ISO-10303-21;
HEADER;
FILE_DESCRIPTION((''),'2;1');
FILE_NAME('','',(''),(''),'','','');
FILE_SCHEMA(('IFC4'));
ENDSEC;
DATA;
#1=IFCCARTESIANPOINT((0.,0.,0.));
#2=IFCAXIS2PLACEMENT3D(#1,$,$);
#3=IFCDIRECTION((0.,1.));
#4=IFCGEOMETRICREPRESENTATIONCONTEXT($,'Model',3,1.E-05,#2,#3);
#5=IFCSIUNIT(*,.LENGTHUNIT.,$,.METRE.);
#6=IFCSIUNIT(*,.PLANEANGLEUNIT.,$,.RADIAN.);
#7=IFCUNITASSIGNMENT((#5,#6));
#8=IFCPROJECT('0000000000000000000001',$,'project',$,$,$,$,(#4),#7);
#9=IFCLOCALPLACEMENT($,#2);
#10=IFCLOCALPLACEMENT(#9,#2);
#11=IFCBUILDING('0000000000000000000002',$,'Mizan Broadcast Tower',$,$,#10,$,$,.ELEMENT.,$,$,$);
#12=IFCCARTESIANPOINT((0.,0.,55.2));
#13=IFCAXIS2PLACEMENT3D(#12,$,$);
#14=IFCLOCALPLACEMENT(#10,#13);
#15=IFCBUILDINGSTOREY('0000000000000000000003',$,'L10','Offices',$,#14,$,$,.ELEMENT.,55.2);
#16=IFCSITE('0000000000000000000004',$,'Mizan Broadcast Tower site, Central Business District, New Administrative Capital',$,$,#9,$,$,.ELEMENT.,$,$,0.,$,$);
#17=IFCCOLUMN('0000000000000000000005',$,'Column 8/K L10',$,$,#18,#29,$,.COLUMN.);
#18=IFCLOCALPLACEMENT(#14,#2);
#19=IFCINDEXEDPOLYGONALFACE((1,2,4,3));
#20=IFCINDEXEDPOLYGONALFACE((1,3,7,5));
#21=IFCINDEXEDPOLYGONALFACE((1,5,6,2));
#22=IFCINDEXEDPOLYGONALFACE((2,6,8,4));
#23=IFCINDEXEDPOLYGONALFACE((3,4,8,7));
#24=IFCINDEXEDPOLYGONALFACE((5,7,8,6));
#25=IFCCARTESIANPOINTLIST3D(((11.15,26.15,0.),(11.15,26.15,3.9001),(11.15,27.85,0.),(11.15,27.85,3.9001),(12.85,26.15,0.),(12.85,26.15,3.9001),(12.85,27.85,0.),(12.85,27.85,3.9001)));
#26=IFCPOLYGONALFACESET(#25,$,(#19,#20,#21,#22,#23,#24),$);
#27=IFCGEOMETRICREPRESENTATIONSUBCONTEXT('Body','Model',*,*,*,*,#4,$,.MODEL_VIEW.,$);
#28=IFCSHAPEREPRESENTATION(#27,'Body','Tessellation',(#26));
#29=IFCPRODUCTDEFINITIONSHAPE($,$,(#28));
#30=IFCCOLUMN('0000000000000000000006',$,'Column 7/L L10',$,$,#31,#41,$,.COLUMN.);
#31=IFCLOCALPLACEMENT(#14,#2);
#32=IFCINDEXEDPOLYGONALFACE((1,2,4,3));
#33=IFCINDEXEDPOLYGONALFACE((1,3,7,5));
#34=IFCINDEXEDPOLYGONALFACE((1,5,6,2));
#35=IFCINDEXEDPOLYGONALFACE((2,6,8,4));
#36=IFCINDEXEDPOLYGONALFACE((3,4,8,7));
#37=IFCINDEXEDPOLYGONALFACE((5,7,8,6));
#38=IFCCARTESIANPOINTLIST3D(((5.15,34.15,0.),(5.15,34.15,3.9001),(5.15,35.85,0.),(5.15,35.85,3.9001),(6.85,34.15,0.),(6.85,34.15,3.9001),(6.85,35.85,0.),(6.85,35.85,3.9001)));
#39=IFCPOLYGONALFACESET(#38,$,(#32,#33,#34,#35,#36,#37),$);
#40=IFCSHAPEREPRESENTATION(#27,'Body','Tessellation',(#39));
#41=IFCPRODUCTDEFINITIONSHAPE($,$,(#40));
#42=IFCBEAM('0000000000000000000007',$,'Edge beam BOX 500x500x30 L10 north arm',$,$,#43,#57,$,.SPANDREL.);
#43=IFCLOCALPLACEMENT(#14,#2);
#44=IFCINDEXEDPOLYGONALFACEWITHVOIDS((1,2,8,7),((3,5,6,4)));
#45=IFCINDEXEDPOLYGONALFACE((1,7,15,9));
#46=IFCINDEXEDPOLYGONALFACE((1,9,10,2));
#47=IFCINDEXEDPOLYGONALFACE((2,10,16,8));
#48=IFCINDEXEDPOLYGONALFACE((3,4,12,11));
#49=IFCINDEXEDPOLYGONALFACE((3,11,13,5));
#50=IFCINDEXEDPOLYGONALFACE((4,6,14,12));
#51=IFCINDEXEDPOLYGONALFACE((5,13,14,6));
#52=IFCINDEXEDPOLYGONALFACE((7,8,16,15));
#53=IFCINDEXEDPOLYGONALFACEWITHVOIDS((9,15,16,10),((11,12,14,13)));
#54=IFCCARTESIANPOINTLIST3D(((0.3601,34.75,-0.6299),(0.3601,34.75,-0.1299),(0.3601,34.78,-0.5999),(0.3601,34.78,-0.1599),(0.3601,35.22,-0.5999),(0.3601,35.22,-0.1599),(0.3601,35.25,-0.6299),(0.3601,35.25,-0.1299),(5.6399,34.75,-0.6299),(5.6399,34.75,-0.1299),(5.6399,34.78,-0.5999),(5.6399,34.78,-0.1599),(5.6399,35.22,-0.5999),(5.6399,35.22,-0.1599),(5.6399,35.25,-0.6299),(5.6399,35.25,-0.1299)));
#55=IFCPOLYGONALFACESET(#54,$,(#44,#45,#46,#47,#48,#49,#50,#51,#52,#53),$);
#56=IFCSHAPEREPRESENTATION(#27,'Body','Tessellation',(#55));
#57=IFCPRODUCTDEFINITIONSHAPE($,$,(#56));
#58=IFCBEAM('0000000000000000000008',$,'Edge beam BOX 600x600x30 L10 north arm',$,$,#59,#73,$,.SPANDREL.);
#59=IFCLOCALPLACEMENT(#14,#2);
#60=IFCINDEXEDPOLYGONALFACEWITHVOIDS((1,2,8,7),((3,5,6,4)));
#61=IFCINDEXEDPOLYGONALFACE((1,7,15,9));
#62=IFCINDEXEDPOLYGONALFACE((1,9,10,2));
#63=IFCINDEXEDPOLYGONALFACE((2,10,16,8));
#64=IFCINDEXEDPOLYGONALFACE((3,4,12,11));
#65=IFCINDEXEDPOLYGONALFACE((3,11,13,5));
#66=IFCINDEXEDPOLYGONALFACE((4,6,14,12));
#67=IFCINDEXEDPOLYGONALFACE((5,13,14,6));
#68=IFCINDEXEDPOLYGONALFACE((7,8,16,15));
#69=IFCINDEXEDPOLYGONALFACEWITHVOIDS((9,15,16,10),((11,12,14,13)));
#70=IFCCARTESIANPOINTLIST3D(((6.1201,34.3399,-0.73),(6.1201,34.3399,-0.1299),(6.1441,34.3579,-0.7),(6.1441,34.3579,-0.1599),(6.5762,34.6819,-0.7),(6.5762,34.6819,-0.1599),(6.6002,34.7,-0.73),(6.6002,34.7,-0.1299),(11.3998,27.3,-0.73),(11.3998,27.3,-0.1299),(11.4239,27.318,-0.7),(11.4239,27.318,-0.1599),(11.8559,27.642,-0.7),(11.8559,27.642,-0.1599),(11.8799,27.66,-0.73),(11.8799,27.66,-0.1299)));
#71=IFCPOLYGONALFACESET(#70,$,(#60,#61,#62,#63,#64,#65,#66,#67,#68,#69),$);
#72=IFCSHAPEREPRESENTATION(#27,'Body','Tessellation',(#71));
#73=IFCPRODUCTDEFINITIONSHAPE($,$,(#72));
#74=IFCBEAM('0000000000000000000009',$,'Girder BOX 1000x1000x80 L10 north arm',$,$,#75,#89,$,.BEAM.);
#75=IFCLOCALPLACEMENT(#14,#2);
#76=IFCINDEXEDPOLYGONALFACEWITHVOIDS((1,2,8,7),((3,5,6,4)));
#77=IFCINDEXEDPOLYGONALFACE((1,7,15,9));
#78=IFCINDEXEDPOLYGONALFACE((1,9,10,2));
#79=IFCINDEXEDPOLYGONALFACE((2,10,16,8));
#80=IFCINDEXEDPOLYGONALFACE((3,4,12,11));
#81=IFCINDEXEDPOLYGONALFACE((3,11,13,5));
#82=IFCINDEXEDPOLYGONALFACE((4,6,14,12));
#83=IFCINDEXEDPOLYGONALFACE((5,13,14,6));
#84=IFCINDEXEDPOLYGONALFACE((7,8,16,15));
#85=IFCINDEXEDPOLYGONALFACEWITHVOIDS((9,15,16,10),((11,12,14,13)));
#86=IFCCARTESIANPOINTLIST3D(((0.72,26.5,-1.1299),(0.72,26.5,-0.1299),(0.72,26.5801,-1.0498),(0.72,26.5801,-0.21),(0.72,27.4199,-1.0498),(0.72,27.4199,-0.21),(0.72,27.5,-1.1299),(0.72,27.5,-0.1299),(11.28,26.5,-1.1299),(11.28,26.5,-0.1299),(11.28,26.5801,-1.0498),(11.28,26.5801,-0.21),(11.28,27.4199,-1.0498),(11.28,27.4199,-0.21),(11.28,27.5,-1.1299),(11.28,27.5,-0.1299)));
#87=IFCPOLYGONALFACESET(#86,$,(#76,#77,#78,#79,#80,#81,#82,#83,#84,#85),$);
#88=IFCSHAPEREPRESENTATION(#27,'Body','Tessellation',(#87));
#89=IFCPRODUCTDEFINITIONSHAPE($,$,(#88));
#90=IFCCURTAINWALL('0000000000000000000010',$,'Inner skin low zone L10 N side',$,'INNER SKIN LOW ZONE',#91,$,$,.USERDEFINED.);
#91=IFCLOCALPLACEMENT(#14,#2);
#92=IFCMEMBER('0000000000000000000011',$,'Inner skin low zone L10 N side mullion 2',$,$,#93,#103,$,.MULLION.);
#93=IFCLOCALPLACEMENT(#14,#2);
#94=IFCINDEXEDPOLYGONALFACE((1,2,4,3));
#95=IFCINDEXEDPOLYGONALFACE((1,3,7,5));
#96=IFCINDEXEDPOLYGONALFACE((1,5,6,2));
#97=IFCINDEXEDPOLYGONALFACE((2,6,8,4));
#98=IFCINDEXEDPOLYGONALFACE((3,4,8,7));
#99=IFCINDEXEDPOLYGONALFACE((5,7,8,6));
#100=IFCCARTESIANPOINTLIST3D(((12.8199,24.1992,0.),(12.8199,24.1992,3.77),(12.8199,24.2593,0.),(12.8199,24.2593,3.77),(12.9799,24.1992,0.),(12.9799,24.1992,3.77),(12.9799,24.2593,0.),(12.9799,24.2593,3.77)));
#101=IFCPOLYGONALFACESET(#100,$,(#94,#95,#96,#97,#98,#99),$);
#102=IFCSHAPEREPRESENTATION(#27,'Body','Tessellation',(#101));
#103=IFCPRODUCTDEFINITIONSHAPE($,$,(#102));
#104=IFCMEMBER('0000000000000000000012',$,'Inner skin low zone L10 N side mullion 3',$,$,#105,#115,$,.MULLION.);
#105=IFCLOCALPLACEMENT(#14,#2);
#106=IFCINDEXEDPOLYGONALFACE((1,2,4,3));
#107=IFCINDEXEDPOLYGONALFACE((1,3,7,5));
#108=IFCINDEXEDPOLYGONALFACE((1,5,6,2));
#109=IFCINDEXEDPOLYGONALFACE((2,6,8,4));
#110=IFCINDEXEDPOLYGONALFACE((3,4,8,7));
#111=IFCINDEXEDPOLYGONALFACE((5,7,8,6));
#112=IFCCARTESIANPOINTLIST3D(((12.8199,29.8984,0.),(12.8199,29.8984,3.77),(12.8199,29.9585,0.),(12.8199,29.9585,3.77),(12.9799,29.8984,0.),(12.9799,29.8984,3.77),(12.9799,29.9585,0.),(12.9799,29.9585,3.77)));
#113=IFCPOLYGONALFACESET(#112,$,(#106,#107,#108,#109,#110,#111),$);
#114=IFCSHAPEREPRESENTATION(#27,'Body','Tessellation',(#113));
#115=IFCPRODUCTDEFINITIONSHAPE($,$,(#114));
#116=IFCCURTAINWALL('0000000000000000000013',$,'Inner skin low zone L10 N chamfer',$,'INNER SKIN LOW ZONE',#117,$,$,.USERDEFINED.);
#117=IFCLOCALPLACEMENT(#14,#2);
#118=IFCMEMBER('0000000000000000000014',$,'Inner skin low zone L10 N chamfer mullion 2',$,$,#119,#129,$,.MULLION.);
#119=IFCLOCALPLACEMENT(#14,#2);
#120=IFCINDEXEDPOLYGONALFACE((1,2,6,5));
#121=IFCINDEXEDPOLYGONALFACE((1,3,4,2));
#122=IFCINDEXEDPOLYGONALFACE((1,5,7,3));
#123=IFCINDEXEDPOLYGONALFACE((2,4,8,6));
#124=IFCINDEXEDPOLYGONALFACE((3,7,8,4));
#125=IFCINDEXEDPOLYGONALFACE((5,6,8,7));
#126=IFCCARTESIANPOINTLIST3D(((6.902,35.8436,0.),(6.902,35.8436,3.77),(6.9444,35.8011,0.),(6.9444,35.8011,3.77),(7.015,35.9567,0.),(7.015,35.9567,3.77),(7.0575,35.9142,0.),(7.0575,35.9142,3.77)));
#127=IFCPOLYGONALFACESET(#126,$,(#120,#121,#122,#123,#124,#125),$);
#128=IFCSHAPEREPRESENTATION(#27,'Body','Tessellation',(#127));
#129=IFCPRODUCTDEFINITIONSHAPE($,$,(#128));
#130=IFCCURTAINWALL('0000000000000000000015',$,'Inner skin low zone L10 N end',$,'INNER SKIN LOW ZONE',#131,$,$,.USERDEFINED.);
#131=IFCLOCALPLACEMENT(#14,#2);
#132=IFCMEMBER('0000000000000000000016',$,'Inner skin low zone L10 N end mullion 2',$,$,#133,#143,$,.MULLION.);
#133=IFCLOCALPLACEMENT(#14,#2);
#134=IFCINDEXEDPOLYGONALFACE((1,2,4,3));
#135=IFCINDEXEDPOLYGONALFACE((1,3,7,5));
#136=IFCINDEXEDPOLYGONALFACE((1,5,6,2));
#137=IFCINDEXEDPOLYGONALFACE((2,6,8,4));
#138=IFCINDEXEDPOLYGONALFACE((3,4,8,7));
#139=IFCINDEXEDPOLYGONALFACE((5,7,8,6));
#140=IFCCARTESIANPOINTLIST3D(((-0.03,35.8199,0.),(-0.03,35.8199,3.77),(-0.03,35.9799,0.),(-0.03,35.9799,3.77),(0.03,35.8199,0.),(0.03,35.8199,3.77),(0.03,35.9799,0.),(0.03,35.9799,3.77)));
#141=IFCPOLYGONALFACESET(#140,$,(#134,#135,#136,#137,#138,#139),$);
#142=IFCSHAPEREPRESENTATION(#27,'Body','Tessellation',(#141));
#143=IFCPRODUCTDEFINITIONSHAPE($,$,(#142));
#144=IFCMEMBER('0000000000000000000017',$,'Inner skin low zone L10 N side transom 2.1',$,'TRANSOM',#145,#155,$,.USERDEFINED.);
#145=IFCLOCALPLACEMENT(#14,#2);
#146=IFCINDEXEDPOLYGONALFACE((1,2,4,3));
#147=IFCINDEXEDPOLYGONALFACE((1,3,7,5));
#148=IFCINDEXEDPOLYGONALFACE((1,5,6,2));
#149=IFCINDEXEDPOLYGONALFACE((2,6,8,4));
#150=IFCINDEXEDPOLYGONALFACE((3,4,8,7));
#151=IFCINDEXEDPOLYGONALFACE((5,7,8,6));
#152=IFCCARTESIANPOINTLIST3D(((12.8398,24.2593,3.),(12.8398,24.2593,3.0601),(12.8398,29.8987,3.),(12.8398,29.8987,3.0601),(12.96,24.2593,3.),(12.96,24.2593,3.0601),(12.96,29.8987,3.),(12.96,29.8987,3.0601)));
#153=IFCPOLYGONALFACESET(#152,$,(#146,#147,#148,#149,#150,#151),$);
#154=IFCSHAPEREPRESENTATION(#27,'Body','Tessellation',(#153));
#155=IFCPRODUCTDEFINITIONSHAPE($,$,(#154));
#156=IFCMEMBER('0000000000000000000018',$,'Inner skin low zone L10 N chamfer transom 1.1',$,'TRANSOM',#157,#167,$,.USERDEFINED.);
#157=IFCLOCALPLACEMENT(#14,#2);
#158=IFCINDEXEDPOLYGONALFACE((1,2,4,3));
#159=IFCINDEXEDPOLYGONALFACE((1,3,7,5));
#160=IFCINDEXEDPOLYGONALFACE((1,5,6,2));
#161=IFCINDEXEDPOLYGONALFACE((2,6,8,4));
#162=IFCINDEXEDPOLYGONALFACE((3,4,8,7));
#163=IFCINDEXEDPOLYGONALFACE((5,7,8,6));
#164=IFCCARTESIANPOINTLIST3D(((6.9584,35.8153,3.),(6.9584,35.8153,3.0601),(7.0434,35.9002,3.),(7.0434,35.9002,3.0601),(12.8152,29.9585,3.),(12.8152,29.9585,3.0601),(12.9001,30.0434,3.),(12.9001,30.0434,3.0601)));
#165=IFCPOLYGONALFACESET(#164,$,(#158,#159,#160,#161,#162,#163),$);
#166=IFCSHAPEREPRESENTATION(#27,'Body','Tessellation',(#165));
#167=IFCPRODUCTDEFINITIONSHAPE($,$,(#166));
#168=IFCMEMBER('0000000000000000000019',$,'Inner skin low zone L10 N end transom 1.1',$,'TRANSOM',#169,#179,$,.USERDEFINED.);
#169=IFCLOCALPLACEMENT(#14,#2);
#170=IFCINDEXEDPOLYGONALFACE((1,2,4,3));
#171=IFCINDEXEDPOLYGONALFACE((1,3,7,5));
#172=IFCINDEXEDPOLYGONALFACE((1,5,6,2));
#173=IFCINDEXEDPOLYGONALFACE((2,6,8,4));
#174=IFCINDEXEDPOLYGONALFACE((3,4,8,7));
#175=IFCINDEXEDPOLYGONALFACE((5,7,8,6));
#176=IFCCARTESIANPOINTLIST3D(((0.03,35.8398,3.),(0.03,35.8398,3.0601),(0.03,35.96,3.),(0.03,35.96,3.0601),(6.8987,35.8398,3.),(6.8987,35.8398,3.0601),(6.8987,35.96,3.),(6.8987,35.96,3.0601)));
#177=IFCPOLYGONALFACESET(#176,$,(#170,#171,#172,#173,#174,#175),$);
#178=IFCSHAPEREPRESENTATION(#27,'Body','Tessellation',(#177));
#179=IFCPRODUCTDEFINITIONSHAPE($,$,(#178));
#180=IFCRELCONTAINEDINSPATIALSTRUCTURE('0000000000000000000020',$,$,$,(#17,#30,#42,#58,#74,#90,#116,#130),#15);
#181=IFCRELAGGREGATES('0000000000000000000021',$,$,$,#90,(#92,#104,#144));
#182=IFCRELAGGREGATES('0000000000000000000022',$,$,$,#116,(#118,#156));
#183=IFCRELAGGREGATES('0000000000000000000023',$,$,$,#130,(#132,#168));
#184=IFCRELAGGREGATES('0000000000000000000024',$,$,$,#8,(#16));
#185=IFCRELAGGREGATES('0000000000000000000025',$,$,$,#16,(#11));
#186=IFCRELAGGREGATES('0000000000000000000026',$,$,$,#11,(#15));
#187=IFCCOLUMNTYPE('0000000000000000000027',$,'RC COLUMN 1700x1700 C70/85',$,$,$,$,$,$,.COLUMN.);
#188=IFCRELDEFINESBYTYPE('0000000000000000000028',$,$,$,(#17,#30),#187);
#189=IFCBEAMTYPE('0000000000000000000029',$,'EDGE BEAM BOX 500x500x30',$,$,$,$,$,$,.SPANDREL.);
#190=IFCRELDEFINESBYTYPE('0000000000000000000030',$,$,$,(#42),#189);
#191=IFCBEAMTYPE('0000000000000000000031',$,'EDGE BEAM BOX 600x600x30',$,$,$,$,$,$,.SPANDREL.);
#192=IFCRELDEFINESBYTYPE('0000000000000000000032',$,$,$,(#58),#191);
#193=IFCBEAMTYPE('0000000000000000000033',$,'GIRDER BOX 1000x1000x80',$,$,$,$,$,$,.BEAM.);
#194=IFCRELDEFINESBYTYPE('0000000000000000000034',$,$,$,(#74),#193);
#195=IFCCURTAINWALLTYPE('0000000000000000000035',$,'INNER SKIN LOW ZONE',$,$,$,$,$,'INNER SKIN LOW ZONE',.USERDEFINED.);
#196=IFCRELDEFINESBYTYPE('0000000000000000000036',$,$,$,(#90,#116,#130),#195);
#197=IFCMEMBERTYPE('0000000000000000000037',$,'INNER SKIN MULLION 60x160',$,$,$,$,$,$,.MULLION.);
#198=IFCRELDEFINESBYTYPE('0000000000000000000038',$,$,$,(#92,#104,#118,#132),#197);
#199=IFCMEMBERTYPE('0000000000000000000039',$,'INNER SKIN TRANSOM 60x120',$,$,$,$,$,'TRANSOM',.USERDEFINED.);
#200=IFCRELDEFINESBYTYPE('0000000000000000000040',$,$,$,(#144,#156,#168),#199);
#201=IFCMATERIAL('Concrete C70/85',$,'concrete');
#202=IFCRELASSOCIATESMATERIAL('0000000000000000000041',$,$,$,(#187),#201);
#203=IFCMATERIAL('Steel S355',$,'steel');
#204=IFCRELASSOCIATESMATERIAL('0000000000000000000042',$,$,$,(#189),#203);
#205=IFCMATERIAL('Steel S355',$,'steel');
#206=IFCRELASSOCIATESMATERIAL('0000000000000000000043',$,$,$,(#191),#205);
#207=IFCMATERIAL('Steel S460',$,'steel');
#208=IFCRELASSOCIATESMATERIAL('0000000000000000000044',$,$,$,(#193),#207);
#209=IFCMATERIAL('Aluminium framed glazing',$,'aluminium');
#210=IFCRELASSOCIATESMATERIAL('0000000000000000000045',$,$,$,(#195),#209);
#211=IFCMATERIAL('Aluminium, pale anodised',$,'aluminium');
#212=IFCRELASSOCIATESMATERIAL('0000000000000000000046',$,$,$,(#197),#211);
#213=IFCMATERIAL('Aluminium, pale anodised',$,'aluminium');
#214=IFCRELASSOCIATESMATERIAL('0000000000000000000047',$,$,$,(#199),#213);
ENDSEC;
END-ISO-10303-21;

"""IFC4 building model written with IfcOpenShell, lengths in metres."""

from ifc_helpers import new_model, si_unit, direction, frame, origin, origin_2d, place, context, subcontext, project, spatial, rectangle, hollow_rectangle, extrude, material, material_profile, profile_set, type_object, element, aggregate, save


model = new_model("IFC4")

# Units and contexts
model_context = context("Model", 3, precision=1e-05, world=origin(), true_north=direction((0.0, 1.0)))
body_context = subcontext(model_context, "Body", "Model", "MODEL_VIEW")
ifc_project = project(units=[si_unit("LENGTHUNIT", "METRE"), si_unit("PLANEANGLEUNIT", "RADIAN")], contexts=[model_context])

# Site, building, storey
site_placement = place(None, origin())
site = spatial("IfcSite", under=ifc_project, at=site_placement, Name="Mizan Broadcast Tower site, Central Business District, New Administrative Capital", CompositionType="ELEMENT", RefElevation=0.0)
building_placement = place(site_placement, origin())
building = spatial("IfcBuilding", under=site, at=building_placement, Name="Mizan Broadcast Tower", CompositionType="ELEMENT")
storey_placement = place(building_placement, frame((0.0, 0.0, 55.2)))
storey = spatial("IfcBuildingStorey", under=building, at=storey_placement, Name="L10", Description="Offices", CompositionType="ELEMENT", Elevation=55.2)

# Columns
ifc_material_1 = material(Name="Concrete C70/85", Category="concrete")
ifc_material_profile_1 = material_profile(ifc_material_1, rectangle(XDim=1.7, YDim=1.7, at=origin_2d()), Name="RC 1700x1700")
ifc_profile_set_1 = profile_set([ifc_material_profile_1], Name="Concrete C70/85")
column_type = type_object("IfcColumnType", Name="RC COLUMN 1700x1700 C70/85", PredefinedType="COLUMN", material=ifc_profile_set_1)
for number, where, z_axis, x_axis, name in (
    (1, (12.0, 27.0, 0.0), (0.0, 0.0, 1.0), (1.0, 0.0, 0.0), "Column 8/K L10"),
    (2, (6.0, 35.0, 0.0), (0.0, 0.0, 1.0), (1.0, 0.0, 0.0), "Column 7/L L10"),
):
    element("IfcColumn", number, at=place(storey_placement, frame(where, z_axis=z_axis, x_axis=x_axis)), inside=storey, type_object=column_type, Name=name, PredefinedType="COLUMN", context=body_context, shape_type="SweptSolid", body=[
        extrude(rectangle(XDim=1.7, YDim=1.7, at=origin_2d()), origin(), (0.0, 0.0, 1.0), 3.9001),
    ])

# Beams
ifc_material_2 = material(Name="Steel S355", Category="steel")
ifc_material_profile_2 = material_profile(ifc_material_2, hollow_rectangle(XDim=0.5, YDim=0.5, WallThickness=0.03, at=origin_2d()), Name="BOX 500x500x30")
ifc_profile_set_2 = profile_set([ifc_material_profile_2], Name="Steel S355")
beam_type_1 = type_object("IfcBeamType", Name="EDGE BEAM BOX 500x500x30", PredefinedType="SPANDREL", material=ifc_profile_set_2)
beam_1_placement = place(storey_placement, frame((5.6399, 35.0, -0.3799), z_axis=(-1.0, 0.0, 0.0), x_axis=(0.0, -1.0, 0.0)))
element("IfcBeam", 3, at=beam_1_placement, inside=storey, type_object=beam_type_1, Name="Edge beam BOX 500x500x30 L10 north arm", PredefinedType="SPANDREL", context=body_context, shape_type="SweptSolid", body=[
    extrude(hollow_rectangle(XDim=0.5, YDim=0.5, WallThickness=0.03, at=origin_2d()), origin(), (0.0, 0.0, 1.0), 5.2798),
])
ifc_material_3 = material(Name="Steel S355", Category="steel")
ifc_material_profile_3 = material_profile(ifc_material_3, hollow_rectangle(XDim=0.6001, YDim=0.6001, WallThickness=0.03, at=origin_2d()), Name="BOX 600x600x30")
ifc_profile_set_3 = profile_set([ifc_material_profile_3], Name="Steel S355")
beam_type_2 = type_object("IfcBeamType", Name="EDGE BEAM BOX 600x600x30", PredefinedType="SPANDREL", material=ifc_profile_set_3)
beam_2_placement = place(storey_placement, frame((11.6399, 27.48, -0.4299), z_axis=(-0.599982, 0.800013, 0.0), x_axis=(-0.800013, -0.599982, 0.0)))
element("IfcBeam", 4, at=beam_2_placement, inside=storey, type_object=beam_type_2, Name="Edge beam BOX 600x600x30 L10 north arm", PredefinedType="SPANDREL", context=body_context, shape_type="SweptSolid", body=[
    extrude(hollow_rectangle(XDim=0.6001, YDim=0.6001, WallThickness=0.03, at=origin_2d()), origin(), (0.0, 0.0, 1.0), 8.7998),
])
ifc_material_4 = material(Name="Steel S460", Category="steel")
ifc_material_profile_4 = material_profile(ifc_material_4, hollow_rectangle(XDim=1.0, YDim=1.0, WallThickness=0.0801, at=origin_2d()), Name="BOX 1000x1000x80")
ifc_profile_set_4 = profile_set([ifc_material_profile_4], Name="Steel S460")
beam_type_3 = type_object("IfcBeamType", Name="GIRDER BOX 1000x1000x80", PredefinedType="BEAM", material=ifc_profile_set_4)
beam_3_placement = place(storey_placement, frame((11.28, 27.0, -0.6299), z_axis=(-1.0, 0.0, 0.0), x_axis=(0.0, -1.0, 0.0)))
element("IfcBeam", 5, at=beam_3_placement, inside=storey, type_object=beam_type_3, Name="Girder BOX 1000x1000x80 L10 north arm", PredefinedType="BEAM", context=body_context, shape_type="SweptSolid", body=[
    extrude(hollow_rectangle(XDim=1.0, YDim=1.0, WallThickness=0.0801, at=origin_2d()), origin(), (0.0, 0.0, 1.0), 10.5601),
])

# Curtain wall, members
ifc_material_5 = material(Name="Aluminium framed glazing", Category="aluminium")
curtain_wall_type_1 = type_object("IfcCurtainWallType", Name="INNER SKIN LOW ZONE", ElementType="INNER SKIN LOW ZONE", PredefinedType="USERDEFINED", material=ifc_material_5)
curtain_wall_1_placement = place(storey_placement, origin())
curtain_wall_1 = element("IfcCurtainWall", 6, at=curtain_wall_1_placement, inside=storey, type_object=curtain_wall_type_1, Name="Inner skin low zone L10 N side", ObjectType="INNER SKIN LOW ZONE", PredefinedType="USERDEFINED")
ifc_material_6 = material(Name="Aluminium, pale anodised", Category="aluminium")
ifc_material_profile_5 = material_profile(ifc_material_6, rectangle(XDim=0.1599, YDim=0.0601, at=origin_2d()), Name="MULLION 160x60")
ifc_profile_set_5 = profile_set([ifc_material_profile_5], Name="Aluminium, pale anodised")
member_type_1 = type_object("IfcMemberType", Name="INNER SKIN MULLION 60x160", PredefinedType="MULLION", material=ifc_profile_set_5)
member_1_placement = place(storey_placement, frame((12.8999, 24.2292, 0.0), z_axis=(0.0, 0.0, 1.0), x_axis=(-1.0, 0.0, 0.0)))
member_1 = element("IfcMember", 7, at=member_1_placement, type_object=member_type_1, Name="Inner skin low zone L10 N side mullion 2", PredefinedType="MULLION", context=body_context, shape_type="SweptSolid", body=[
    extrude(rectangle(XDim=0.1599, YDim=0.0601, at=origin_2d()), origin(), (0.0, 0.0, 1.0), 3.77),
])
member_2_placement = place(storey_placement, frame((12.8999, 29.9285, 0.0), z_axis=(0.0, 0.0, 1.0), x_axis=(-1.0, 0.0, 0.0)))
member_2 = element("IfcMember", 8, at=member_2_placement, type_object=member_type_1, Name="Inner skin low zone L10 N side mullion 3", PredefinedType="MULLION", context=body_context, shape_type="SweptSolid", body=[
    extrude(rectangle(XDim=0.1599, YDim=0.0601, at=origin_2d()), origin(), (0.0, 0.0, 1.0), 3.77),
])

# Curtain walls, members
curtain_wall_2_placement = place(storey_placement, origin())
curtain_wall_2 = element("IfcCurtainWall", 9, at=curtain_wall_2_placement, inside=storey, type_object=curtain_wall_type_1, Name="Inner skin low zone L10 N chamfer", ObjectType="INNER SKIN LOW ZONE", PredefinedType="USERDEFINED")
member_3_placement = place(storey_placement, frame((6.9797, 35.8789, 0.0), z_axis=(0.0, 0.0, 1.0), x_axis=(-0.707107, -0.707107, 0.0)))
member_3 = element("IfcMember", 10, at=member_3_placement, type_object=member_type_1, Name="Inner skin low zone L10 N chamfer mullion 2", PredefinedType="MULLION", context=body_context, shape_type="SweptSolid", body=[
    extrude(rectangle(XDim=0.1599, YDim=0.0601, at=origin_2d()), origin(), (0.0, 0.0, 1.0), 3.77),
])
curtain_wall_3_placement = place(storey_placement, origin())
curtain_wall_3 = element("IfcCurtainWall", 11, at=curtain_wall_3_placement, inside=storey, type_object=curtain_wall_type_1, Name="Inner skin low zone L10 N end", ObjectType="INNER SKIN LOW ZONE", PredefinedType="USERDEFINED")
member_4_placement = place(storey_placement, frame((0.0, 35.8999, 0.0), z_axis=(0.0, 0.0, 1.0), x_axis=(0.0, -1.0, 0.0)))
member_4 = element("IfcMember", 12, at=member_4_placement, type_object=member_type_1, Name="Inner skin low zone L10 N end mullion 2", PredefinedType="MULLION", context=body_context, shape_type="SweptSolid", body=[
    extrude(rectangle(XDim=0.1599, YDim=0.0601, at=origin_2d()), origin(), (0.0, 0.0, 1.0), 3.77),
])

# Members
ifc_material_7 = material(Name="Aluminium, pale anodised", Category="aluminium")
ifc_material_profile_6 = material_profile(ifc_material_7, rectangle(XDim=0.1201, YDim=0.0601, at=origin_2d()), Name="TRANSOM 120x60")
ifc_profile_set_6 = profile_set([ifc_material_profile_6], Name="Aluminium, pale anodised")
member_type_2 = type_object("IfcMemberType", Name="INNER SKIN TRANSOM 60x120", ElementType="TRANSOM", PredefinedType="USERDEFINED", material=ifc_profile_set_6)
member_5_placement = place(storey_placement, frame((12.8999, 24.2593, 3.03), z_axis=(0.0, 1.0, 0.0), x_axis=(-1.0, 0.0, 0.0)))
member_5 = element("IfcMember", 13, at=member_5_placement, type_object=member_type_2, Name="Inner skin low zone L10 N side transom 2.1", ObjectType="TRANSOM", PredefinedType="USERDEFINED", context=body_context, shape_type="SweptSolid", body=[
    extrude(rectangle(XDim=0.1201, YDim=0.0601, at=origin_2d()), origin(), (0.0, 0.0, 1.0), 5.6394),
])
member_6_placement = place(storey_placement, frame((12.8577, 30.001, 3.03), z_axis=(-0.707107, 0.707107, 0.0), x_axis=(-0.707107, -0.707107, 0.0)))
member_6 = element("IfcMember", 14, at=member_6_placement, type_object=member_type_2, Name="Inner skin low zone L10 N chamfer transom 1.1", ObjectType="TRANSOM", PredefinedType="USERDEFINED", context=body_context, shape_type="SweptSolid", body=[
    extrude(rectangle(XDim=0.1201, YDim=0.0601, at=origin_2d()), origin(), (0.0, 0.0, 1.0), 8.2827),
])
member_7_placement = place(storey_placement, frame((6.8987, 35.8999, 3.03), z_axis=(-1.0, 0.0, 0.0), x_axis=(0.0, -1.0, 0.0)))
member_7 = element("IfcMember", 15, at=member_7_placement, type_object=member_type_2, Name="Inner skin low zone L10 N end transom 1.1", ObjectType="TRANSOM", PredefinedType="USERDEFINED", context=body_context, shape_type="SweptSolid", body=[
    extrude(rectangle(XDim=0.1201, YDim=0.0601, at=origin_2d()), origin(), (0.0, 0.0, 1.0), 6.8687),
])

aggregate(curtain_wall_1, [member_1, member_2, member_5])
aggregate(curtain_wall_2, [member_3, member_6])
aggregate(curtain_wall_3, [member_4, member_7])

save(model, "model.ifc")
